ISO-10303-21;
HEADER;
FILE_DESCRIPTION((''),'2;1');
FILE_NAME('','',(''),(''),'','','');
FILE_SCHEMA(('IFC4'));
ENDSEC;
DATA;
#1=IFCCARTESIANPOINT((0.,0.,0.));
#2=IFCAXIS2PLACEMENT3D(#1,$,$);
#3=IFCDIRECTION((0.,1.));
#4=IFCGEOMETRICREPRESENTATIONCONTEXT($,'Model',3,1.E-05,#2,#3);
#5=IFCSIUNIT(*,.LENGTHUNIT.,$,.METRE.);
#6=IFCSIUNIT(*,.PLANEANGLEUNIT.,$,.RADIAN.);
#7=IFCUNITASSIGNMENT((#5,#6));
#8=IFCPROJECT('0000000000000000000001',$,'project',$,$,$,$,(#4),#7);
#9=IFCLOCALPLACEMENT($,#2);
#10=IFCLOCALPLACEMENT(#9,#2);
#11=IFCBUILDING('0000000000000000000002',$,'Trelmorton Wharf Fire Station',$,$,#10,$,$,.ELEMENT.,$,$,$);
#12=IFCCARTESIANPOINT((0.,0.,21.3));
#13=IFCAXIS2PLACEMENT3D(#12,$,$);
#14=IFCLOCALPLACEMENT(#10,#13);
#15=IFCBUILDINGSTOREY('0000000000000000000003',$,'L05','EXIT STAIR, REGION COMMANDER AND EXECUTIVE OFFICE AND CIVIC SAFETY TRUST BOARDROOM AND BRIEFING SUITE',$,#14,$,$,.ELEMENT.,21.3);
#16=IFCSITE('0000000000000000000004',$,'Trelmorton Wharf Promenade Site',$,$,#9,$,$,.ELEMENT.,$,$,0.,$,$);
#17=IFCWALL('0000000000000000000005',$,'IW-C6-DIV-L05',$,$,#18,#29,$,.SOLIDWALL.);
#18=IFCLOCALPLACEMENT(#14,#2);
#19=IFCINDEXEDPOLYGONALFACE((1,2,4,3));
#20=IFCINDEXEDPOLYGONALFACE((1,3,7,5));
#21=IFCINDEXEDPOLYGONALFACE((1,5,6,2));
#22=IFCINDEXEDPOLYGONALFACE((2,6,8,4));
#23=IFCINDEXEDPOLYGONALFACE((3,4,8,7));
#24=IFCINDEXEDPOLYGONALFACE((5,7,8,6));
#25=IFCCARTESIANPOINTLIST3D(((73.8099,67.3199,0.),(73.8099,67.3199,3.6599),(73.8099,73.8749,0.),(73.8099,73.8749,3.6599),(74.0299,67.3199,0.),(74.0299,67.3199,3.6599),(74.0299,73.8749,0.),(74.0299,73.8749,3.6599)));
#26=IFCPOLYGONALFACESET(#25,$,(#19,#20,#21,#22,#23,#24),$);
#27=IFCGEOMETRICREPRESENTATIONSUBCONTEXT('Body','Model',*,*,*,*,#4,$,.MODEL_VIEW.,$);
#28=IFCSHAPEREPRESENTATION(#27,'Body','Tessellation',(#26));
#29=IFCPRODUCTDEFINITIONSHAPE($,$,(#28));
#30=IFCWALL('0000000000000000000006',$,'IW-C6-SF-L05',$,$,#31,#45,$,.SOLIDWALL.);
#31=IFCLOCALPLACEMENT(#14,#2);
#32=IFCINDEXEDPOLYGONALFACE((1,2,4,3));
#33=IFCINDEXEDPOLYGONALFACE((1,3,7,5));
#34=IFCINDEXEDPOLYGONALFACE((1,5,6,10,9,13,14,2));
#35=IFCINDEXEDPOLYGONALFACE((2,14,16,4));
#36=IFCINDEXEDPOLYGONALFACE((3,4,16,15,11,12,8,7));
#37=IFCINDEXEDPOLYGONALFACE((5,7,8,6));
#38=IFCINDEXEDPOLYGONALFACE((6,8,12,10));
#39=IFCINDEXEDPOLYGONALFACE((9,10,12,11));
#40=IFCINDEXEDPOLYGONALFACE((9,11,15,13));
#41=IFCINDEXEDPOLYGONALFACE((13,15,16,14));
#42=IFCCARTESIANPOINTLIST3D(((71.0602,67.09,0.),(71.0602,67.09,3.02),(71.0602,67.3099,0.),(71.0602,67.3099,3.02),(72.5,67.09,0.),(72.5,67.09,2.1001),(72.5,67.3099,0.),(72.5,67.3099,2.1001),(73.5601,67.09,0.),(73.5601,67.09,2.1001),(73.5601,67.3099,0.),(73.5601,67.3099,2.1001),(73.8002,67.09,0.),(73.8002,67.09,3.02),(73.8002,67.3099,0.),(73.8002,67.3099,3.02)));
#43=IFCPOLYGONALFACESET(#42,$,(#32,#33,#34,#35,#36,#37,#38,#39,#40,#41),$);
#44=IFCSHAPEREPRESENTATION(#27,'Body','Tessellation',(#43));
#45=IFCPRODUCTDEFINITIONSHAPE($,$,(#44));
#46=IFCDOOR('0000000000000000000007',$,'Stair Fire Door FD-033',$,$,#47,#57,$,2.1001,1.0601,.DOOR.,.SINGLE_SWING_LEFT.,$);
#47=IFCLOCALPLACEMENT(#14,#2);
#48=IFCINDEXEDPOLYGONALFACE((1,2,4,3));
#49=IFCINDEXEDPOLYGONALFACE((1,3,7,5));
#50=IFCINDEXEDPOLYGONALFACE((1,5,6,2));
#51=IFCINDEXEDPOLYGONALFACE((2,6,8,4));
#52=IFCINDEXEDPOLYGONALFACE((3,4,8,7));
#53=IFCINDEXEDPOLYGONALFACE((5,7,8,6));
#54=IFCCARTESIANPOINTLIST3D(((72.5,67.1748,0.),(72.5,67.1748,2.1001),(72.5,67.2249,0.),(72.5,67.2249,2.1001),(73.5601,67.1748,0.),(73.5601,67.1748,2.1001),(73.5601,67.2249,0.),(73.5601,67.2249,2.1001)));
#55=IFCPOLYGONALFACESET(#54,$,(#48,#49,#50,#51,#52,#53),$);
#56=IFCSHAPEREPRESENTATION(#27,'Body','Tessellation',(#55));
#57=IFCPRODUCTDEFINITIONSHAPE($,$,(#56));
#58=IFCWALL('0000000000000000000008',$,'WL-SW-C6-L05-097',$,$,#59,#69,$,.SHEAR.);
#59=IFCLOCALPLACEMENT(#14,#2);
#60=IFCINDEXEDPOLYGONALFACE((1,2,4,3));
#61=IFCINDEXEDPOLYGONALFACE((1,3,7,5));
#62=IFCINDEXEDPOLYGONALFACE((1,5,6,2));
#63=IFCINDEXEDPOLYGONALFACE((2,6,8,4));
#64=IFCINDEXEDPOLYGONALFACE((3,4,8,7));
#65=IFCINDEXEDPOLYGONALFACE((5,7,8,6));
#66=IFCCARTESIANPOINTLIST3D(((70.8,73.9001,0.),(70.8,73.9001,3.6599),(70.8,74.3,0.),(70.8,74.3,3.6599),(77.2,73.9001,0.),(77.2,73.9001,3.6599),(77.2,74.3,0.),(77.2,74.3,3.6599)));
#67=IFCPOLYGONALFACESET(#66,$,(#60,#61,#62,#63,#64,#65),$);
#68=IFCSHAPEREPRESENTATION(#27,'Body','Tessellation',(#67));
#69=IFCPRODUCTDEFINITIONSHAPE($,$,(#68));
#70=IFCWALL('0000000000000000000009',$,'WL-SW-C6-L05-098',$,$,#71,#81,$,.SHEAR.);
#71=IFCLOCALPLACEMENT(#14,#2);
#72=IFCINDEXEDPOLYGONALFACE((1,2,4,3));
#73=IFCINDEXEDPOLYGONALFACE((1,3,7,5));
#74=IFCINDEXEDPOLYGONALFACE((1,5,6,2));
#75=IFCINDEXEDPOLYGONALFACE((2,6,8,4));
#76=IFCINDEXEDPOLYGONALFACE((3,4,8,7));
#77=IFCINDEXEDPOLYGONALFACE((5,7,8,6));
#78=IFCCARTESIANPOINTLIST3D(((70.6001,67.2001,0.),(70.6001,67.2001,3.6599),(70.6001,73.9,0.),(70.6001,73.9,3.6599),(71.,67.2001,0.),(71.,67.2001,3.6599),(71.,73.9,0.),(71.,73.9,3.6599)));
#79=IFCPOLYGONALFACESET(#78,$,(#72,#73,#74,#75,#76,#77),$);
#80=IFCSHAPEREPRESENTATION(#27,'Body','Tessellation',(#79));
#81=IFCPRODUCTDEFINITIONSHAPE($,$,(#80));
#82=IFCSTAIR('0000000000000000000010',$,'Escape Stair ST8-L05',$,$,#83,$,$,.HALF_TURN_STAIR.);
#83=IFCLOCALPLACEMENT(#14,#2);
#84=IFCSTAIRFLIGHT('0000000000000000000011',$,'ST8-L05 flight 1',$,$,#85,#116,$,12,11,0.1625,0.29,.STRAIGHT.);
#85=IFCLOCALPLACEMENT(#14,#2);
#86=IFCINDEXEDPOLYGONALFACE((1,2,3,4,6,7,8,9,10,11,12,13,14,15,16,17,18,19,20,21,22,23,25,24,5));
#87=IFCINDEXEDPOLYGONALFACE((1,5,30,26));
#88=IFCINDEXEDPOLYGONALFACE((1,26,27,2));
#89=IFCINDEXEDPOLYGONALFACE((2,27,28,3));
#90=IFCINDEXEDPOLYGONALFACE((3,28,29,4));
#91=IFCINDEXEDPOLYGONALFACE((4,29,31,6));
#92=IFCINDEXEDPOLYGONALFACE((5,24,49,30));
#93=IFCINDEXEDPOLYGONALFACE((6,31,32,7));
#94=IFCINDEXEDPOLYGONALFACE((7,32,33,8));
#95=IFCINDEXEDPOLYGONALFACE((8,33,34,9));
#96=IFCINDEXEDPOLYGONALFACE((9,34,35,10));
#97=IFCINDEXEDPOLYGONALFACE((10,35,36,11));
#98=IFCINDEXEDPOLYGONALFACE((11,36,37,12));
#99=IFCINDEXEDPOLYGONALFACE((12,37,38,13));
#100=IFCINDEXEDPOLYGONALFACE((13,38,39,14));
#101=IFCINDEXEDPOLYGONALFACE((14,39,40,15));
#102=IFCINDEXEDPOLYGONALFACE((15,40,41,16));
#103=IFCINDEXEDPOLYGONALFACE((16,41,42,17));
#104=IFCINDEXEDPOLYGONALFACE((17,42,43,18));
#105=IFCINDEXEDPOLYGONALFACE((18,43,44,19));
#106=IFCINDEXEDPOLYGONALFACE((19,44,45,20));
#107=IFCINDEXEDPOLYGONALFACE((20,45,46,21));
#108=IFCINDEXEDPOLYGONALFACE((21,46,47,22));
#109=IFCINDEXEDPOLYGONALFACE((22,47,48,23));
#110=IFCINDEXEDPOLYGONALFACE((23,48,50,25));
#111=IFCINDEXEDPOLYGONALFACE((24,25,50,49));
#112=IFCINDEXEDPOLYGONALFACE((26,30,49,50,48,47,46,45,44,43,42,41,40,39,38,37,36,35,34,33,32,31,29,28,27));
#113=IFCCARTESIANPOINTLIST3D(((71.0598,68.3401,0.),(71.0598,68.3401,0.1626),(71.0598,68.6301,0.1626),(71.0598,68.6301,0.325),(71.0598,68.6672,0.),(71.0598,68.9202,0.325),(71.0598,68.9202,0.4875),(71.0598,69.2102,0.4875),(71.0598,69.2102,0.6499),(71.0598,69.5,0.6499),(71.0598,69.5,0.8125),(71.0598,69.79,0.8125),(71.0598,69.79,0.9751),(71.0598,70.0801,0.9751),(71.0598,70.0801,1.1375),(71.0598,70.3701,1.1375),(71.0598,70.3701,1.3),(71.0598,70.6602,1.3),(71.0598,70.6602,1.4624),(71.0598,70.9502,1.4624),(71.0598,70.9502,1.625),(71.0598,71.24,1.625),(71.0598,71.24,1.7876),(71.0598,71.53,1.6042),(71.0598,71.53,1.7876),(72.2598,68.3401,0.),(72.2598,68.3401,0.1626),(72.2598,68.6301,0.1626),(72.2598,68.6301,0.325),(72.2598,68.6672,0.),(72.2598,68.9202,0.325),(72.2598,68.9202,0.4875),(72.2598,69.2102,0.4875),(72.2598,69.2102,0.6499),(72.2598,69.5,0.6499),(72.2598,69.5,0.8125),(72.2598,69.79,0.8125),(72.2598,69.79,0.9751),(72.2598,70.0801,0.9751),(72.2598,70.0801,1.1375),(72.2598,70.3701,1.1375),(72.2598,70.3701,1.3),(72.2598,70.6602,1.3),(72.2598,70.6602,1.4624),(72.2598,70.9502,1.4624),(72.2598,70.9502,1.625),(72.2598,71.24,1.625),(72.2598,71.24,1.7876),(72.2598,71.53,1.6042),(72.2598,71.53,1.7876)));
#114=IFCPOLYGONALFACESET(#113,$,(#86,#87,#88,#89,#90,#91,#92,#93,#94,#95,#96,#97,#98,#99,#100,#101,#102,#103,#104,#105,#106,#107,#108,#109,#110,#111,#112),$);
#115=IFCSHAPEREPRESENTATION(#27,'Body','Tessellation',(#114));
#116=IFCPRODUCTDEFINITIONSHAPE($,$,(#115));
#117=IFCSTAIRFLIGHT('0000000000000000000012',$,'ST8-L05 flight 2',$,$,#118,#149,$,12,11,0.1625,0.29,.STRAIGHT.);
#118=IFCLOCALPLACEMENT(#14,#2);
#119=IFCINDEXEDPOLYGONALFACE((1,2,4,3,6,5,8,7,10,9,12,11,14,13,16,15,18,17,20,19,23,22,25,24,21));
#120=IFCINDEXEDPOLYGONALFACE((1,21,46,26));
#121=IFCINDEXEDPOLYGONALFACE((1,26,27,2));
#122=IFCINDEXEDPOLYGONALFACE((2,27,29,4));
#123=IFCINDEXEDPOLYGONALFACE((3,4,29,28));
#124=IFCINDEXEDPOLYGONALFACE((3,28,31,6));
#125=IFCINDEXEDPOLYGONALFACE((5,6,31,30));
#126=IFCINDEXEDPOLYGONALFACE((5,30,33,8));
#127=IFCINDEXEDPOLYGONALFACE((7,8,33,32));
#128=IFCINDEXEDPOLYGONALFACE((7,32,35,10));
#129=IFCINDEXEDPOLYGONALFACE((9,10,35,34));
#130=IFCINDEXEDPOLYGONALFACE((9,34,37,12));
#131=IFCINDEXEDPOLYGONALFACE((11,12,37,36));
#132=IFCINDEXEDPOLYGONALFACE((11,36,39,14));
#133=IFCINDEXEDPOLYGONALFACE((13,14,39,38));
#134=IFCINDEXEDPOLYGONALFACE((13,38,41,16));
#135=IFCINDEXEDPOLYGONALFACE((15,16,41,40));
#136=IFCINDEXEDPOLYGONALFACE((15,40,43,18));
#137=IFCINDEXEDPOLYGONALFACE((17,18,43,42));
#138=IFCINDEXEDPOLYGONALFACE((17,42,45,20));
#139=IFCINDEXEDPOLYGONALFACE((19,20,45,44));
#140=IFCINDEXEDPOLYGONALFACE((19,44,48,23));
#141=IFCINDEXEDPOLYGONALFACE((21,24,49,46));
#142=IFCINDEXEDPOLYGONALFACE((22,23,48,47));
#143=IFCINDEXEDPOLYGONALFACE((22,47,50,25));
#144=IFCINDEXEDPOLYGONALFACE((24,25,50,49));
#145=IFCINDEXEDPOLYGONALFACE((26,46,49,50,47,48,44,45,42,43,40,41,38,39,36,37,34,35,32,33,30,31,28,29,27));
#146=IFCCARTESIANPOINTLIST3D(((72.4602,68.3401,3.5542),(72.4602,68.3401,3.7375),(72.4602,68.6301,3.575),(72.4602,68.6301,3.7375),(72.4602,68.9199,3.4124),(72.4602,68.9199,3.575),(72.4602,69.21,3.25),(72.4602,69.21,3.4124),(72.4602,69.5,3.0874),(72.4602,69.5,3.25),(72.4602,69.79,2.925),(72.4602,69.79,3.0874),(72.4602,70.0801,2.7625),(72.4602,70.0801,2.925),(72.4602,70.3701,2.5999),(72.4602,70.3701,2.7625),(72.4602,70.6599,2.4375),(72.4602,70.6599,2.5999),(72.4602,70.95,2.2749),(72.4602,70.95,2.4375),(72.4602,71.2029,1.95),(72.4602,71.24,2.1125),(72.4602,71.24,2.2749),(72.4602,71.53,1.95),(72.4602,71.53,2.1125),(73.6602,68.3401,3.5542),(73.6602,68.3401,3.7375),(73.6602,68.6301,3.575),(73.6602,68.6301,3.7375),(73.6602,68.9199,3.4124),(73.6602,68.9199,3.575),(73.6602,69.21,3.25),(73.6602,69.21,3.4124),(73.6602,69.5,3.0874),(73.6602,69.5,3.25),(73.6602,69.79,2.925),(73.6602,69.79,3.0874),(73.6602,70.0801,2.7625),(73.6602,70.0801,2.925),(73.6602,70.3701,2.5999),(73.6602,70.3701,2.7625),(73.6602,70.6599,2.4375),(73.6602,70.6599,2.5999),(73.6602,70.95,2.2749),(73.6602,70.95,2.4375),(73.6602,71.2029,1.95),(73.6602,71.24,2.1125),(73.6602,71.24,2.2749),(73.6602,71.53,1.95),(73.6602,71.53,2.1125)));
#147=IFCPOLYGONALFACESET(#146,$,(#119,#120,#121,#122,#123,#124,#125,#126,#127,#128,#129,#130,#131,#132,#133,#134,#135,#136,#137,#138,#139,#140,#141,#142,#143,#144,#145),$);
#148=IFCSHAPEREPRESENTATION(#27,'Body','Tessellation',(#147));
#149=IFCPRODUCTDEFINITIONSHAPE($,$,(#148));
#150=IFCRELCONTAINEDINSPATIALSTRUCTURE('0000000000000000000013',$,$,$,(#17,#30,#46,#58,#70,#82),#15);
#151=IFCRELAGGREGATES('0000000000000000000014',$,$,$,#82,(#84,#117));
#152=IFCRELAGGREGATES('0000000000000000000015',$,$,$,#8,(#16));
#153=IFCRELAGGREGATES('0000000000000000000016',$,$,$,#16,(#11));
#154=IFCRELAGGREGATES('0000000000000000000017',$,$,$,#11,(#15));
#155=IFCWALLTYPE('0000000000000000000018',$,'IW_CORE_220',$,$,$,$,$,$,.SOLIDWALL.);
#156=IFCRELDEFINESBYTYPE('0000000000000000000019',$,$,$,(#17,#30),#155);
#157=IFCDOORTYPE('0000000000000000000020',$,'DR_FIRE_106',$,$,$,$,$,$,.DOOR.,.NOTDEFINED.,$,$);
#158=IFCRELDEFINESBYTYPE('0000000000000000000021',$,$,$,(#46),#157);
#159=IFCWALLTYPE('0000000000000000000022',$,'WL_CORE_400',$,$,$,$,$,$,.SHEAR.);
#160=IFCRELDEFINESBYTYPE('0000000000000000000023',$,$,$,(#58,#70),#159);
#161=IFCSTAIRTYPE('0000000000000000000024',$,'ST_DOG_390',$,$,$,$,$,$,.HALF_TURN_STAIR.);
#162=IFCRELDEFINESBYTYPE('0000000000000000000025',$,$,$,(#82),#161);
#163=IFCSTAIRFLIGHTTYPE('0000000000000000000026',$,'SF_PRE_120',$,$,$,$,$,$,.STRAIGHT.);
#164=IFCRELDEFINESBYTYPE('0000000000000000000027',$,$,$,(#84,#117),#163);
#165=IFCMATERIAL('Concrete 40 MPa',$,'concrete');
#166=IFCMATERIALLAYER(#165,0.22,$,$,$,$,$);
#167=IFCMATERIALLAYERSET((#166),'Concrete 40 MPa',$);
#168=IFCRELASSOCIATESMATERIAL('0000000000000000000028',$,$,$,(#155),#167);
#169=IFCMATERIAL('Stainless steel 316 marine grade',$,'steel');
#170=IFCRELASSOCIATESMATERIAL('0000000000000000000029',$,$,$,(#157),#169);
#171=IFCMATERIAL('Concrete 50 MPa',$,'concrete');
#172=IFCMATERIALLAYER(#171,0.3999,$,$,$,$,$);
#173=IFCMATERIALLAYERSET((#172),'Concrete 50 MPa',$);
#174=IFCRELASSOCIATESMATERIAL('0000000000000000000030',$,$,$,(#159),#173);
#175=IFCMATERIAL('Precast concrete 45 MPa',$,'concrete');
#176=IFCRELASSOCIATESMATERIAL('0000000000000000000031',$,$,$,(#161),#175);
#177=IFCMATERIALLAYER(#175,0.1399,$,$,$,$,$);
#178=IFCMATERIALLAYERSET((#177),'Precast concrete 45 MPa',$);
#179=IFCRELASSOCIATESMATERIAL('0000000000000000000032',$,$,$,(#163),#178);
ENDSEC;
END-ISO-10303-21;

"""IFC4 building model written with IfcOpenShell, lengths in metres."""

from ifc_helpers import new_model, si_unit, direction, frame, frame_2d, origin, place, context, subcontext, project, spatial, polyline, rectangle, outline, extrude, material, layer, layer_set, type_object, element, fill, aggregate, save


model = new_model("IFC4")

# Units and contexts
model_context = context("Model", 3, precision=1e-05, world=origin(), true_north=direction((0.0, 1.0)))
body_context = subcontext(model_context, "Body", "Model", "MODEL_VIEW")
ifc_project = project(units=[si_unit("LENGTHUNIT", "METRE"), si_unit("PLANEANGLEUNIT", "RADIAN")], contexts=[model_context])

# Site, building, storey
site_placement = place(None, origin())
site = spatial("IfcSite", under=ifc_project, at=site_placement, Name="Trelmorton Wharf Promenade Site", CompositionType="ELEMENT", RefElevation=0.0)
building_placement = place(site_placement, origin())
building = spatial("IfcBuilding", under=site, at=building_placement, Name="Trelmorton Wharf Fire Station", CompositionType="ELEMENT")
storey_placement = place(building_placement, frame((0.0, 0.0, 21.3)))
storey = spatial("IfcBuildingStorey", under=building, at=storey_placement, Name="L05", Description="EXIT STAIR, REGION COMMANDER AND EXECUTIVE OFFICE AND CIVIC SAFETY TRUST BOARDROOM AND BRIEFING SUITE", CompositionType="ELEMENT", Elevation=21.3)

# Wall
ifc_material_1 = material(Name="Precast concrete 45 MPa", Category="concrete")
ifc_material_2 = material(Name="Concrete 40 MPa", Category="concrete")
ifc_layer_1 = layer(ifc_material_2, 0.22)
ifc_layer_set_1 = layer_set([ifc_layer_1], Name="Concrete 40 MPa")
wall_type_1 = type_object("IfcWallType", Name="IW_CORE_220", PredefinedType="SOLIDWALL", material=ifc_layer_set_1)
wall_1_placement = place(storey_placement, frame((73.9199, 67.3201, 0.0), z_axis=(0.0, 0.0, 1.0), x_axis=(0.0, 1.0, 0.0)))
element("IfcWall", 1, at=wall_1_placement, inside=storey, type_object=wall_type_1, Name="IW-C6-DIV-L05", PredefinedType="SOLIDWALL", context=body_context, shape_type="SweptSolid", body=[
    extrude(rectangle(XDim=6.5549, YDim=0.22, at=frame_2d((3.2773, 0.0))), origin(), (0.0, 0.0, 1.0), 3.6599),
])

# Wall, opening, door
wall_2_placement = place(storey_placement, frame((71.0601, 67.2, 0.0), z_axis=(0.0, 0.0, 1.0), x_axis=(1.0, 0.0, 0.0)))
wall_2 = element("IfcWall", 2, at=wall_2_placement, inside=storey, type_object=wall_type_1, Name="IW-C6-SF-L05", PredefinedType="SOLIDWALL", context=body_context, shape_type="SweptSolid", body=[
    extrude(rectangle(XDim=2.74, YDim=0.22, at=frame_2d((1.3701, 0.0))), origin(), (0.0, 0.0, 1.0), 3.02),
])
opening_1_placement = place(wall_2_placement, frame((1.4399, 0.0, 0.0)))
opening_1 = element("IfcOpeningElement", 3, at=opening_1_placement, cuts=wall_2, PredefinedType="OPENING", context=body_context, shape_type="SweptSolid", body=[
    extrude(rectangle(XDim=1.0601, YDim=2.1001, at=frame_2d((0.53, 1.05))), frame((0.0, 0.1201, 0.0), z_axis=(0.0, -1.0, 0.0), x_axis=(1.0, 0.0, 0.0)), (0.0, 0.0, 1.0), 0.24),
])
ifc_material_3 = material(Name="Stainless steel 316 marine grade", Category="steel")
door_type_1 = type_object("IfcDoorType", Name="DR_FIRE_106", OperationType="NOTDEFINED", PredefinedType="DOOR", material=ifc_material_3)
door_1_placement = place(opening_1_placement, origin())
door_1 = element("IfcDoor", 4, at=door_1_placement, inside=storey, type_object=door_type_1, Name="Stair Fire Door FD-033", OperationType="SINGLE_SWING_LEFT", OverallHeight=2.1001, OverallWidth=1.0601, PredefinedType="DOOR", context=body_context, shape_type="SweptSolid", body=[
    extrude(rectangle(XDim=1.0601, YDim=2.1001, at=frame_2d((0.53, 1.05))), frame((0.0, 0.0249, 0.0), z_axis=(0.0, -1.0, 0.0), x_axis=(1.0, 0.0, 0.0)), (0.0, 0.0, 1.0), 0.05),
])
fill(opening_1, door_1)

# Walls
ifc_material_4 = material(Name="Concrete 50 MPa", Category="concrete")
ifc_layer_2 = layer(ifc_material_4, 0.3999)
ifc_layer_set_2 = layer_set([ifc_layer_2], Name="Concrete 50 MPa")
wall_type_2 = type_object("IfcWallType", Name="WL_CORE_400", PredefinedType="SHEAR", material=ifc_layer_set_2)
wall_3_placement = place(storey_placement, frame((70.8, 74.1001, 0.0), z_axis=(0.0, 0.0, 1.0), x_axis=(1.0, 0.0, 0.0)))
element("IfcWall", 5, at=wall_3_placement, inside=storey, type_object=wall_type_2, Name="WL-SW-C6-L05-097", PredefinedType="SHEAR", context=body_context, shape_type="SweptSolid", body=[
    extrude(rectangle(XDim=6.3999, YDim=0.3999, at=frame_2d((3.2, 0.0))), origin(), (0.0, 0.0, 1.0), 3.6599),
])
wall_4_placement = place(storey_placement, frame((70.8, 67.2, 0.0), z_axis=(0.0, 0.0, 1.0), x_axis=(0.0, 1.0, 0.0)))
element("IfcWall", 6, at=wall_4_placement, inside=storey, type_object=wall_type_2, Name="WL-SW-C6-L05-098", PredefinedType="SHEAR", context=body_context, shape_type="SweptSolid", body=[
    extrude(rectangle(XDim=6.7, YDim=0.3999, at=frame_2d((3.3501, 0.0))), origin(), (0.0, 0.0, 1.0), 3.6599),
])

# Stair, stair flights
stair_type = type_object("IfcStairType", Name="ST_DOG_390", PredefinedType="HALF_TURN_STAIR", material=ifc_material_1)
stair_placement = place(storey_placement, origin())
stair = element("IfcStair", 7, at=stair_placement, inside=storey, type_object=stair_type, Name="Escape Stair ST8-L05", PredefinedType="HALF_TURN_STAIR")
ifc_layer_3 = layer(ifc_material_1, 0.1399)
ifc_layer_set_3 = layer_set([ifc_layer_3], Name="Precast concrete 45 MPa")
stair_flight_type = type_object("IfcStairFlightType", Name="SF_PRE_120", PredefinedType="STRAIGHT", material=ifc_layer_set_3)
stair_flight_1_placement = place(storey_placement, frame((71.6599, 68.3401, 0.0), z_axis=(0.0, 0.0, 1.0), x_axis=(0.0, 1.0, 0.0)))
stair_flight_1 = element("IfcStairFlight", 8, at=stair_flight_1_placement, type_object=stair_flight_type, Name="ST8-L05 flight 1", NumberOfRisers=12, NumberOfTreads=11, PredefinedType="STRAIGHT", RiserHeight=0.1625, TreadLength=0.29, context=body_context, shape_type="SweptSolid", body=[
    extrude(outline(polyline([(0.0, 0.0), (0.0, 0.1626), (0.29, 0.1626), (0.29, 0.325), (0.5801, 0.325), (0.5801, 0.4875), (0.8701, 0.4875), (0.8701, 0.6499), (1.1599, 0.6499), (1.1599, 0.8125), (1.45, 0.8125), (1.45, 0.9751), (1.74, 0.9751), (1.74, 1.1375), (2.03, 1.1375), (2.03, 1.3), (2.3201, 1.3), (2.3201, 1.4624), (2.6101, 1.4624), (2.6101, 1.625), (2.8999, 1.625), (2.8999, 1.7876), (3.1899, 1.7876), (3.1899, 1.95), (3.1899, 1.6042), (0.3271, 0.0), (0.0, 0.0)])), frame((0.0, 0.6001, 0.0), z_axis=(0.0, -1.0, 0.0), x_axis=(1.0, 0.0, 0.0)), (0.0, 0.0, 1.0), 1.2),
])
stair_flight_2_placement = place(storey_placement, frame((73.0601, 71.53, 1.95), z_axis=(0.0, 0.0, 1.0), x_axis=(0.0, -1.0, 0.0)))
stair_flight_2 = element("IfcStairFlight", 9, at=stair_flight_2_placement, type_object=stair_flight_type, Name="ST8-L05 flight 2", NumberOfRisers=12, NumberOfTreads=11, PredefinedType="STRAIGHT", RiserHeight=0.1625, TreadLength=0.29, context=body_context, shape_type="SweptSolid", body=[
    extrude(outline(polyline([(0.0, 0.0), (0.0, 0.1626), (0.29, 0.1626), (0.29, 0.325), (0.5801, 0.325), (0.5801, 0.4875), (0.8701, 0.4875), (0.8701, 0.6499), (1.1599, 0.6499), (1.1599, 0.8125), (1.45, 0.8125), (1.45, 0.9751), (1.74, 0.9751), (1.74, 1.1375), (2.03, 1.1375), (2.03, 1.3), (2.3201, 1.3), (2.3201, 1.4624), (2.6101, 1.4624), (2.6101, 1.625), (2.8999, 1.625), (2.8999, 1.7876), (3.1899, 1.7876), (3.1899, 1.95), (3.1899, 1.6042), (0.3271, 0.0), (0.0, 0.0)])), frame((0.0, 0.6001, 0.0), z_axis=(0.0, -1.0, 0.0), x_axis=(1.0, 0.0, 0.0)), (0.0, 0.0, 1.0), 1.2),
])
aggregate(stair, [stair_flight_1, stair_flight_2])

save(model, "model.ifc")
